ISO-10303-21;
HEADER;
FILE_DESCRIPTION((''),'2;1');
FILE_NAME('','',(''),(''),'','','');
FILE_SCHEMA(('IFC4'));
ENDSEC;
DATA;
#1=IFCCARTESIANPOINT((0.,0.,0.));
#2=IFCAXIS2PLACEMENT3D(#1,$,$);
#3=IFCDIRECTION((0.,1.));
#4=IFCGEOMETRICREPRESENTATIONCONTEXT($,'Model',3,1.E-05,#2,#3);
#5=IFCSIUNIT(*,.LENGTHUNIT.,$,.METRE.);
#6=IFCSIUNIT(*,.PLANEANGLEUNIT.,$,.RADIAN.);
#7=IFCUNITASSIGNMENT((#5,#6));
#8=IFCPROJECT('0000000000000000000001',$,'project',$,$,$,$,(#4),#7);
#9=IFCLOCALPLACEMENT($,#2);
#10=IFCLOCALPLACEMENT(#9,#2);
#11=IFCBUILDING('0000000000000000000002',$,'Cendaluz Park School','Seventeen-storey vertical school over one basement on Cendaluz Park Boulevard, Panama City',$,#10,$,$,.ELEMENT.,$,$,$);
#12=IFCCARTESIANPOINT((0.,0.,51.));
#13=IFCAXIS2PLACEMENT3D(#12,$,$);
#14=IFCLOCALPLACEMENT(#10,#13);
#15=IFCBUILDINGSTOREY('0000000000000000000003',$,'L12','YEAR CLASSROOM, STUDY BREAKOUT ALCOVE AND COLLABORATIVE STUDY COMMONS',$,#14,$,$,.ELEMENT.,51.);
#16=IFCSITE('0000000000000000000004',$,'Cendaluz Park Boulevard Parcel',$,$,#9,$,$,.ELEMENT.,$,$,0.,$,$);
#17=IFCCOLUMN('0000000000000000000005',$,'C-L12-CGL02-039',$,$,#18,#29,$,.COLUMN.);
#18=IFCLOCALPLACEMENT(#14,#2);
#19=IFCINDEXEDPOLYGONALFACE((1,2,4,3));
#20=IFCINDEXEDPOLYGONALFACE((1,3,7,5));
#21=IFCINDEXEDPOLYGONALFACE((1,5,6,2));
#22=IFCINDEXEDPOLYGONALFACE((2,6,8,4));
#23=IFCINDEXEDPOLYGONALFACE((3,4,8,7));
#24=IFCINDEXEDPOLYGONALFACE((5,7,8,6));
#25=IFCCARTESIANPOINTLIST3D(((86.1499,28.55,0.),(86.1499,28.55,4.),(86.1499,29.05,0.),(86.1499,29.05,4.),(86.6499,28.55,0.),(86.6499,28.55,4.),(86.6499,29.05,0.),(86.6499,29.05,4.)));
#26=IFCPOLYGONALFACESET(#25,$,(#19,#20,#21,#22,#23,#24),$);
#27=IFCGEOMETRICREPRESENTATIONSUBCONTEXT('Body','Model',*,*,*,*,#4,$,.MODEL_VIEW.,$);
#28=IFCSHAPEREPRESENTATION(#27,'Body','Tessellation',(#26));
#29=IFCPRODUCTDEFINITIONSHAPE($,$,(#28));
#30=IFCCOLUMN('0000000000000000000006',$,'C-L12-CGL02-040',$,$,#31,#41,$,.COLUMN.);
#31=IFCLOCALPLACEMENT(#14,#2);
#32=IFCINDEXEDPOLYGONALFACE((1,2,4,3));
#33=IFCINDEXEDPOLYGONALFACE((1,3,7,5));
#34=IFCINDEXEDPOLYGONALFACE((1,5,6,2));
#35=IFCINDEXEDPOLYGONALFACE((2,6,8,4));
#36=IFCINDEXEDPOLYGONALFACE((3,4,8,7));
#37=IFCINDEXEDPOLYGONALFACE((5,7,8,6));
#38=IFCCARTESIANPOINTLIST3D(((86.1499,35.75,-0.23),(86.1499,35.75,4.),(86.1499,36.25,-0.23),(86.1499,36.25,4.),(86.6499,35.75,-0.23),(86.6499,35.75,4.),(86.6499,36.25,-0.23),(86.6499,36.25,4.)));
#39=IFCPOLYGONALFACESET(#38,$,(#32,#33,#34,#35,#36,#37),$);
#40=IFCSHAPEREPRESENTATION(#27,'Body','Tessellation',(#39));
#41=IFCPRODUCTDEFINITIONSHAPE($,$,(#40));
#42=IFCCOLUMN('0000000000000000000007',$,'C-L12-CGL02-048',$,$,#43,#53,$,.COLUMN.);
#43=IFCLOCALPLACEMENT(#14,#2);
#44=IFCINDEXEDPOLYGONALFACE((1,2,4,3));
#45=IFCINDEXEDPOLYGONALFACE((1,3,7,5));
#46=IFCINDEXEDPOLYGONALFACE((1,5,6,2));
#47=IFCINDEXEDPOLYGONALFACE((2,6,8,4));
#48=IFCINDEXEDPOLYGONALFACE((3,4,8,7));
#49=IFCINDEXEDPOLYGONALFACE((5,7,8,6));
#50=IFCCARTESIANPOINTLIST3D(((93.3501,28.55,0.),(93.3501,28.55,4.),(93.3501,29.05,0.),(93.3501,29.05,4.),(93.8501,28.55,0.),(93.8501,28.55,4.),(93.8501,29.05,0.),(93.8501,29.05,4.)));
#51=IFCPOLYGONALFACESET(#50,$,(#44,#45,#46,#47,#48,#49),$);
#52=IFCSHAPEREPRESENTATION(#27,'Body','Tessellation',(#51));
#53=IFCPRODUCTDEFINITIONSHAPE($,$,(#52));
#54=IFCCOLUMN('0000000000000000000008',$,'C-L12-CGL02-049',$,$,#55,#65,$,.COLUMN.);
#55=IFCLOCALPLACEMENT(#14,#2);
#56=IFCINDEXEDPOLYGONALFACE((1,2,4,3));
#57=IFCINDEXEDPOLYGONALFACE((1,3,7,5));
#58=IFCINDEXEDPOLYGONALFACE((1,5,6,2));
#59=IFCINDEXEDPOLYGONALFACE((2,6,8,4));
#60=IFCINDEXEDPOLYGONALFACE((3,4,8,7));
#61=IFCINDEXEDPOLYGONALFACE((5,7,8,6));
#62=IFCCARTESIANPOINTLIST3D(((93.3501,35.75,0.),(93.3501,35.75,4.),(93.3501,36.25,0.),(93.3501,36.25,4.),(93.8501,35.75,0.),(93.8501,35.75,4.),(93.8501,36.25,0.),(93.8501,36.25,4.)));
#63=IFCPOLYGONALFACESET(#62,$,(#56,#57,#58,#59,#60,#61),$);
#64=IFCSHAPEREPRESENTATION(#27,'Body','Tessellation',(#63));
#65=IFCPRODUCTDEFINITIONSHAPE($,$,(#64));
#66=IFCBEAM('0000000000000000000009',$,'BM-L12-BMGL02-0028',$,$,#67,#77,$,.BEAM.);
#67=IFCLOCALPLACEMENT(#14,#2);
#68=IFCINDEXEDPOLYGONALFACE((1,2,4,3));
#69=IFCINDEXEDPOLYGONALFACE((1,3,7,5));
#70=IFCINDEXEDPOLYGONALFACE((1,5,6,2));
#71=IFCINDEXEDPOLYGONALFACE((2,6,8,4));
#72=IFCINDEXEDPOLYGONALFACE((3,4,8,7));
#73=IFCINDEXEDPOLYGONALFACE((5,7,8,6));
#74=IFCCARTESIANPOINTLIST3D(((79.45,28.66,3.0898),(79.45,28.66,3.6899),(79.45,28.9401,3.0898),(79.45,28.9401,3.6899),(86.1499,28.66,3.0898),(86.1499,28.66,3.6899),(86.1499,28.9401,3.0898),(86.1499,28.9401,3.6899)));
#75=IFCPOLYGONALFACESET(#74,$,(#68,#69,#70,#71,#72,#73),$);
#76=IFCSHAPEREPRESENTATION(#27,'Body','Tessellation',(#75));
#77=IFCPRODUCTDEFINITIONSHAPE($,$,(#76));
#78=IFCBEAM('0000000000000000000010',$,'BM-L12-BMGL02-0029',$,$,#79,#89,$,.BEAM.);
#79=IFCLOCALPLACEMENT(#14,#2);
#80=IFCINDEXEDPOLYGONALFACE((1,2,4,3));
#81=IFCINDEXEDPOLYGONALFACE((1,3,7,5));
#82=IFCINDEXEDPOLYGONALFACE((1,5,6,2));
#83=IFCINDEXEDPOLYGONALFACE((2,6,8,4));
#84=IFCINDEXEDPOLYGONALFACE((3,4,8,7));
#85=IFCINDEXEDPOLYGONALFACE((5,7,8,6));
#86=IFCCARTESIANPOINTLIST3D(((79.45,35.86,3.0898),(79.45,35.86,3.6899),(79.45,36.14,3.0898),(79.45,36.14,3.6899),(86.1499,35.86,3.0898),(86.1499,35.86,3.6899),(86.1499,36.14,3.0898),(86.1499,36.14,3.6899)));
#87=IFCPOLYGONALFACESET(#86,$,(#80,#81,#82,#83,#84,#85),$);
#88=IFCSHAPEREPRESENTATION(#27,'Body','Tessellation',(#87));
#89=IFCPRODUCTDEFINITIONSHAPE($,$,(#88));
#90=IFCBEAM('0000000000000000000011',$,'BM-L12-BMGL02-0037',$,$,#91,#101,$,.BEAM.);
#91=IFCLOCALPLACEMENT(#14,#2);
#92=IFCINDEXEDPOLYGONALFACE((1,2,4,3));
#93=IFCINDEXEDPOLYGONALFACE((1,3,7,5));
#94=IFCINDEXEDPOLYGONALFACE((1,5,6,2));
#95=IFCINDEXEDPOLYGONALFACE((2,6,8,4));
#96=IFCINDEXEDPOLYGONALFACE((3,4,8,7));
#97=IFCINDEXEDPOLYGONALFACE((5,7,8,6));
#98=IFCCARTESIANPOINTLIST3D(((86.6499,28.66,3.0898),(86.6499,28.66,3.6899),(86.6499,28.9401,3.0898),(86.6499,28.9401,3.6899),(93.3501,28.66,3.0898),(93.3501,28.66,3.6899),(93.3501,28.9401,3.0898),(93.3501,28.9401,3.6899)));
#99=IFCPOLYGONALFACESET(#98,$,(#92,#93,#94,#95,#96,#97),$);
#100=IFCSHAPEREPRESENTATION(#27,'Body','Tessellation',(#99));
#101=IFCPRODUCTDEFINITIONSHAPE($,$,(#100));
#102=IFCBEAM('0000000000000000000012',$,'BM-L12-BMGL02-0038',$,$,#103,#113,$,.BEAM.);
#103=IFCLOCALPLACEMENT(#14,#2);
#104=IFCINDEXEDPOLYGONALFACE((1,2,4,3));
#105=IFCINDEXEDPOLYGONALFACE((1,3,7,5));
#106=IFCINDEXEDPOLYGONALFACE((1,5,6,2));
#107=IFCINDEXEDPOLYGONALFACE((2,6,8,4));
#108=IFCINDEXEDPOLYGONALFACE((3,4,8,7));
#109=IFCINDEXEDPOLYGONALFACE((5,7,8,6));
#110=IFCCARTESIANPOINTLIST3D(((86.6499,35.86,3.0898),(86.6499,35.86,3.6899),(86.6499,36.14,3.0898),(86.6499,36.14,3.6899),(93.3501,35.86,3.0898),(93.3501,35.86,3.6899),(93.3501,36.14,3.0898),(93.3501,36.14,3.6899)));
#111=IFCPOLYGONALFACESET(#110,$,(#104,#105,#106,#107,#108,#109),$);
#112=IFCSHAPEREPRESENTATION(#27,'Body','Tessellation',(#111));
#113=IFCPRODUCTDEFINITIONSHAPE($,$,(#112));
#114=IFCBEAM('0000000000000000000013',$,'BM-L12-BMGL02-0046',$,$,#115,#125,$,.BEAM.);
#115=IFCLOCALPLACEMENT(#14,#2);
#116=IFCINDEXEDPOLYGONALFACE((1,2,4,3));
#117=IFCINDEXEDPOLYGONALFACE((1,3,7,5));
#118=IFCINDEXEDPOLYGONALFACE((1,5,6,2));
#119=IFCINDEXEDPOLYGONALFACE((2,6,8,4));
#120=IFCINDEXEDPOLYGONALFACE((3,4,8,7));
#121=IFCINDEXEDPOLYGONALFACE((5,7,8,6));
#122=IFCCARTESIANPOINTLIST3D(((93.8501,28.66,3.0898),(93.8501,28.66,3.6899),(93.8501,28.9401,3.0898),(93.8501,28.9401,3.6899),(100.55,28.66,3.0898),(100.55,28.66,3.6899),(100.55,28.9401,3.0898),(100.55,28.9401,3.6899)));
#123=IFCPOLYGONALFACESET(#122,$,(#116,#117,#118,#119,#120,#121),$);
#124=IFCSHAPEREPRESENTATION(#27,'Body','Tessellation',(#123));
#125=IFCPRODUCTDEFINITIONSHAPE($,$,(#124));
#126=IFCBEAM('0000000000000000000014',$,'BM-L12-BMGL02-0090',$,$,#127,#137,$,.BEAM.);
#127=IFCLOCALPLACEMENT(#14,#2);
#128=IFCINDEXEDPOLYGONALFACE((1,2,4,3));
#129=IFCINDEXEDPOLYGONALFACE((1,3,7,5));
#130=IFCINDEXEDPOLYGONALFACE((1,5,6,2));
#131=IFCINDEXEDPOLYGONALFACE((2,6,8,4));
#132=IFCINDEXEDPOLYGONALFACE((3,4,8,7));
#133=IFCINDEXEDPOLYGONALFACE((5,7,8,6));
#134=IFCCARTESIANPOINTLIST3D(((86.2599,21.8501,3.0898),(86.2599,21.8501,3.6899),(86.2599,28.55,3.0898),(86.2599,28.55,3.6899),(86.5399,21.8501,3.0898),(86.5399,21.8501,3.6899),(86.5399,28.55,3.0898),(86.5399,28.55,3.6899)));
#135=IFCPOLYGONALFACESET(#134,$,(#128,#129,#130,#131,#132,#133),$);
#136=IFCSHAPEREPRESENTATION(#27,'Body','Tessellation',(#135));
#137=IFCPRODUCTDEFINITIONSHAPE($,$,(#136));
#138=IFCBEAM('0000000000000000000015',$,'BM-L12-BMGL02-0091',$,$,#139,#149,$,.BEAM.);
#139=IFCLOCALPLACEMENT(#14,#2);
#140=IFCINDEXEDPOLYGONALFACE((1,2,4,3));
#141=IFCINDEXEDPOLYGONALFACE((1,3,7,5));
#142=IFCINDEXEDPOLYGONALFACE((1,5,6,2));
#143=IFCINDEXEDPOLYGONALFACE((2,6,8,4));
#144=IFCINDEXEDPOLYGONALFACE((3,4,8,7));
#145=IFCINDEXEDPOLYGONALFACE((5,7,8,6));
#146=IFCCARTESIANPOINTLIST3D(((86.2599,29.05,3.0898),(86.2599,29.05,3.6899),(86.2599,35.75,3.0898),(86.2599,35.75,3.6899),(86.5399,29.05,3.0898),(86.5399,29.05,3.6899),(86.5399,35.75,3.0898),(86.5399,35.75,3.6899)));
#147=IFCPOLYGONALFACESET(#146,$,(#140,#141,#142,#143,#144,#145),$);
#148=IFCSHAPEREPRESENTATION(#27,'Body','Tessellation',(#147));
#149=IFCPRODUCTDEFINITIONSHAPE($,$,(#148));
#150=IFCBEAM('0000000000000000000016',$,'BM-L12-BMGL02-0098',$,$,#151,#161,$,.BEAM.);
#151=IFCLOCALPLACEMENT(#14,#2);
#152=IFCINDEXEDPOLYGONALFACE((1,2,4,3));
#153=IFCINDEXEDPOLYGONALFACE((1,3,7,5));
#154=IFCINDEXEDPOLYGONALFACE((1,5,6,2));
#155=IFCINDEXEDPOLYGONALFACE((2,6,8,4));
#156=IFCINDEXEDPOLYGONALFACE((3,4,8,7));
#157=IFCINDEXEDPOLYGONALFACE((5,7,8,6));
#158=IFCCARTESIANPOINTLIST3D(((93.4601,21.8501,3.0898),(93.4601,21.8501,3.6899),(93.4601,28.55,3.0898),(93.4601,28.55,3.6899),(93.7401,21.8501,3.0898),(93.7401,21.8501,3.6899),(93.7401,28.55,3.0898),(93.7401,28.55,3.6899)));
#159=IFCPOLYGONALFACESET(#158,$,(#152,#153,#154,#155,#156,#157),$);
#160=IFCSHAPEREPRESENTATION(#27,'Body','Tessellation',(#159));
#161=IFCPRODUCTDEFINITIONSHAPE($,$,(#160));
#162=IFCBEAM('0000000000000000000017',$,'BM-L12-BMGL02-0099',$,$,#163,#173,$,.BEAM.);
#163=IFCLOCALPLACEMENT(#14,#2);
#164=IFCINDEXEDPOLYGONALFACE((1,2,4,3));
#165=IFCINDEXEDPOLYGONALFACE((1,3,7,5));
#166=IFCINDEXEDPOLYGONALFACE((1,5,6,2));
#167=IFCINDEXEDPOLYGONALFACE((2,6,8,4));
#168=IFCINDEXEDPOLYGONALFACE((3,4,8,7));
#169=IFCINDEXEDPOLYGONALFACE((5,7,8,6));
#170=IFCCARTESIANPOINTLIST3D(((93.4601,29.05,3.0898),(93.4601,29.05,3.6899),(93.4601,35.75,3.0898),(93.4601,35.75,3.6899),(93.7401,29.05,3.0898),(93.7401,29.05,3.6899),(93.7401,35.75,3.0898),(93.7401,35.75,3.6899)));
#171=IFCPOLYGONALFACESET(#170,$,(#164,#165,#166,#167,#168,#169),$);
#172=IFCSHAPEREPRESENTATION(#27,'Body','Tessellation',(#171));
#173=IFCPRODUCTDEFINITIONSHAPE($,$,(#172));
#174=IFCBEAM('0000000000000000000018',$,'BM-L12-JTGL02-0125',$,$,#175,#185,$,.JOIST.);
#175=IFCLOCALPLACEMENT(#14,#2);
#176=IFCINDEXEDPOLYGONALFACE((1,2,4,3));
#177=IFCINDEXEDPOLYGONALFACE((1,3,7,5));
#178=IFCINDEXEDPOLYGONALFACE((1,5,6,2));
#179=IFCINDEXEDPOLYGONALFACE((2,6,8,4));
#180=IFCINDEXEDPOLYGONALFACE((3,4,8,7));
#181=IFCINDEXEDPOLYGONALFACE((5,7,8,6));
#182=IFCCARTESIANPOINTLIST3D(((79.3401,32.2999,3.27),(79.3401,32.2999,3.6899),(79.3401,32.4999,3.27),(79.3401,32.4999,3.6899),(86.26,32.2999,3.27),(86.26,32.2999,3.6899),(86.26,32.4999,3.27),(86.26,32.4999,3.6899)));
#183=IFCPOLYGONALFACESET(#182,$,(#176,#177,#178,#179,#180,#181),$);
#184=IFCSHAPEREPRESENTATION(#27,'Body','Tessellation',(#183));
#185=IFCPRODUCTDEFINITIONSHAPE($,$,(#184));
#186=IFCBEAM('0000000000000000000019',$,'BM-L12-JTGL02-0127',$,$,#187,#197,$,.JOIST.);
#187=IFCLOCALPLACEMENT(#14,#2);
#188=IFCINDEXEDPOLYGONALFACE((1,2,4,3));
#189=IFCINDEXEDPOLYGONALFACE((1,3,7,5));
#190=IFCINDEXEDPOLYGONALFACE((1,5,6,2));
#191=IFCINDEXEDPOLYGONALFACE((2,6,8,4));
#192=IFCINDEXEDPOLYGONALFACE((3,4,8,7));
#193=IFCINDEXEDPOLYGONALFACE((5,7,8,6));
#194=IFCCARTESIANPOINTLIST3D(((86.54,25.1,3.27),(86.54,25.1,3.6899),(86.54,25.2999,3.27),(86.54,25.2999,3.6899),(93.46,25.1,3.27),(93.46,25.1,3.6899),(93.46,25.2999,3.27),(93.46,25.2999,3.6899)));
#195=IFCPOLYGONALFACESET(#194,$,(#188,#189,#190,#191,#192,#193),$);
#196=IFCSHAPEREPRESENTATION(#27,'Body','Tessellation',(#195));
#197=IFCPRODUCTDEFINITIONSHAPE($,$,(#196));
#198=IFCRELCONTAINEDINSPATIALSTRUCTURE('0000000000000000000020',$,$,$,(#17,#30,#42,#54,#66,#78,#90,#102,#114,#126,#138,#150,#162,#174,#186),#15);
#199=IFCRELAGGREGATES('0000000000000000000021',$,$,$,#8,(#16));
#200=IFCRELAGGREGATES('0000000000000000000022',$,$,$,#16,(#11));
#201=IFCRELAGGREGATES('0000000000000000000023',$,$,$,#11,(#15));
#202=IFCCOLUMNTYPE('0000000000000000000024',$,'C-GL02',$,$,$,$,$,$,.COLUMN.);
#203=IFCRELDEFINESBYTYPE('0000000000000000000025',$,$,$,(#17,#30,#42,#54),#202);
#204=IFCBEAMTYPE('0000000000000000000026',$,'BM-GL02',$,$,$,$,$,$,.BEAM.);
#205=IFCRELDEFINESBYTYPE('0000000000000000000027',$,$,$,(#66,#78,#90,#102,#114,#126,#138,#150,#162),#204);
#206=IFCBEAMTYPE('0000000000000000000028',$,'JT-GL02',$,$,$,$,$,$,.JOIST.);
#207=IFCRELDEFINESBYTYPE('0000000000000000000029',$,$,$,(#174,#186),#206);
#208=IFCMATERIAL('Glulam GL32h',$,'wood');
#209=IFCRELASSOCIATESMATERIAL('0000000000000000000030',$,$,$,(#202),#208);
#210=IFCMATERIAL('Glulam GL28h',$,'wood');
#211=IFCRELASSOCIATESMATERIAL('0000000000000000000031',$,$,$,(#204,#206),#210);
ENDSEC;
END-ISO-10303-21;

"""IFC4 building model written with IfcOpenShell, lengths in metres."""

from ifc_helpers import new_model, si_unit, direction, frame, origin, origin_2d, place, context, subcontext, project, spatial, rectangle, extrude, material, material_profile, profile_set, type_object, element, save


model = new_model("IFC4")

# Units and contexts
model_context = context("Model", 3, precision=1e-05, world=origin(), true_north=direction((0.0, 1.0)))
body_context = subcontext(model_context, "Body", "Model", "MODEL_VIEW")
ifc_project = project(units=[si_unit("LENGTHUNIT", "METRE"), si_unit("PLANEANGLEUNIT", "RADIAN")], contexts=[model_context])

# Site, building, storey
site_placement = place(None, origin())
site = spatial("IfcSite", under=ifc_project, at=site_placement, Name="Cendaluz Park Boulevard Parcel", CompositionType="ELEMENT", RefElevation=0.0)
building_placement = place(site_placement, origin())
building = spatial("IfcBuilding", under=site, at=building_placement, Name="Cendaluz Park School", Description="Seventeen-storey vertical school over one basement on Cendaluz Park Boulevard, Panama City", CompositionType="ELEMENT")
storey_placement = place(building_placement, frame((0.0, 0.0, 51.0)))
storey = spatial("IfcBuildingStorey", under=building, at=storey_placement, Name="L12", Description="YEAR CLASSROOM, STUDY BREAKOUT ALCOVE AND COLLABORATIVE STUDY COMMONS", CompositionType="ELEMENT", Elevation=51.0)

# Columns
ifc_material_1 = material(Name="Glulam GL32h", Category="wood")
ifc_material_profile_1 = material_profile(ifc_material_1, rectangle(XDim=0.5, YDim=0.5, at=origin_2d()), Name="GL32h 500x500", Category="wood")
ifc_profile_set_1 = profile_set([ifc_material_profile_1], Name="Glulam GL32h")
column_type = type_object("IfcColumnType", Name="C-GL02", PredefinedType="COLUMN", material=ifc_profile_set_1)
column_1_placement = place(storey_placement, frame((86.3999, 28.8, 0.0), z_axis=(0.0, 0.0, 1.0), x_axis=(1.0, 0.0, 0.0)))
element("IfcColumn", 1, at=column_1_placement, inside=storey, type_object=column_type, Name="C-L12-CGL02-039", PredefinedType="COLUMN", context=body_context, shape_type="SweptSolid", body=[
    extrude(rectangle(XDim=0.5, YDim=0.5, at=origin_2d()), origin(), (0.0, 0.0, 1.0), 4.0),
])
column_2_placement = place(storey_placement, frame((86.3999, 36.0, -0.23), z_axis=(0.0, 0.0, 1.0), x_axis=(1.0, 0.0, 0.0)))
element("IfcColumn", 2, at=column_2_placement, inside=storey, type_object=column_type, Name="C-L12-CGL02-040", PredefinedType="COLUMN", context=body_context, shape_type="SweptSolid", body=[
    extrude(rectangle(XDim=0.5, YDim=0.5, at=origin_2d()), origin(), (0.0, 0.0, 1.0), 4.23),
])
for number, where, z_axis, x_axis, name in (
    (3, (93.6001, 28.8, 0.0), (0.0, 0.0, 1.0), (1.0, 0.0, 0.0), "C-L12-CGL02-048"),
    (4, (93.6001, 36.0, 0.0), (0.0, 0.0, 1.0), (1.0, 0.0, 0.0), "C-L12-CGL02-049"),
):
    element("IfcColumn", number, at=place(storey_placement, frame(where, z_axis=z_axis, x_axis=x_axis)), inside=storey, type_object=column_type, Name=name, PredefinedType="COLUMN", context=body_context, shape_type="SweptSolid", body=[
        extrude(rectangle(XDim=0.5, YDim=0.5, at=origin_2d()), origin(), (0.0, 0.0, 1.0), 4.0),
    ])

# Beams
ifc_material_2 = material(Name="Glulam GL28h", Category="wood")
ifc_material_profile_2 = material_profile(ifc_material_2, rectangle(XDim=0.28, YDim=0.6001, at=origin_2d()), Name="GL28h 280x600", Category="wood")
ifc_profile_set_2 = profile_set([ifc_material_profile_2], Name="Glulam GL28h")
beam_type_1 = type_object("IfcBeamType", Name="BM-GL02", PredefinedType="BEAM", material=ifc_profile_set_2)
for number, where, z_axis, x_axis, name in (
    (5, (79.45, 28.8, 3.3899), (1.0, 0.0, 0.0), (0.0, 1.0, 0.0), "BM-L12-BMGL02-0028"),
    (6, (79.45, 36.0, 3.3899), (1.0, 0.0, 0.0), (0.0, 1.0, 0.0), "BM-L12-BMGL02-0029"),
):
    element("IfcBeam", number, at=place(storey_placement, frame(where, z_axis=z_axis, x_axis=x_axis)), inside=storey, type_object=beam_type_1, Name=name, PredefinedType="BEAM", context=body_context, shape_type="SweptSolid", body=[
        extrude(rectangle(XDim=0.28, YDim=0.6001, at=origin_2d()), origin(), (0.0, 0.0, 1.0), 6.7),
    ])
for number, where, z_axis, x_axis, name in (
    (7, (86.6499, 28.8, 3.3899), (1.0, 0.0, 0.0), (0.0, 1.0, 0.0), "BM-L12-BMGL02-0037"),
    (8, (86.6499, 36.0, 3.3899), (1.0, 0.0, 0.0), (0.0, 1.0, 0.0), "BM-L12-BMGL02-0038"),
):
    element("IfcBeam", number, at=place(storey_placement, frame(where, z_axis=z_axis, x_axis=x_axis)), inside=storey, type_object=beam_type_1, Name=name, PredefinedType="BEAM", context=body_context, shape_type="SweptSolid", body=[
        extrude(rectangle(XDim=0.28, YDim=0.6001, at=origin_2d()), origin(), (0.0, 0.0, 1.0), 6.7002),
    ])
for number, where, z_axis, x_axis, name in (
    (9, (93.8501, 28.8, 3.3899), (1.0, 0.0, 0.0), (0.0, 1.0, 0.0), "BM-L12-BMGL02-0046"),
    (10, (86.3999, 21.8501, 3.3899), (0.0, 1.0, 0.0), (-1.0, 0.0, 0.0), "BM-L12-BMGL02-0090"),
    (11, (86.3999, 29.05, 3.3899), (0.0, 1.0, 0.0), (-1.0, 0.0, 0.0), "BM-L12-BMGL02-0091"),
    (12, (93.6001, 21.8501, 3.3899), (0.0, 1.0, 0.0), (-1.0, 0.0, 0.0), "BM-L12-BMGL02-0098"),
    (13, (93.6001, 29.05, 3.3899), (0.0, 1.0, 0.0), (-1.0, 0.0, 0.0), "BM-L12-BMGL02-0099"),
):
    element("IfcBeam", number, at=place(storey_placement, frame(where, z_axis=z_axis, x_axis=x_axis)), inside=storey, type_object=beam_type_1, Name=name, PredefinedType="BEAM", context=body_context, shape_type="SweptSolid", body=[
        extrude(rectangle(XDim=0.28, YDim=0.6001, at=origin_2d()), origin(), (0.0, 0.0, 1.0), 6.7),
    ])
ifc_material_profile_3 = material_profile(ifc_material_2, rectangle(XDim=0.2, YDim=0.4199, at=origin_2d()), Name="GL28h 200x420", Category="wood")
ifc_profile_set_3 = profile_set([ifc_material_profile_3], Name="Glulam GL28h")
beam_type_2 = type_object("IfcBeamType", Name="JT-GL02", PredefinedType="JOIST", material=ifc_profile_set_3)
for number, where, z_axis, x_axis, name in (
    (14, (79.3401, 32.3999, 3.48), (1.0, 0.0, 0.0), (0.0, 1.0, 0.0), "BM-L12-JTGL02-0125"),
    (15, (86.54, 25.2, 3.48), (1.0, 0.0, 0.0), (0.0, 1.0, 0.0), "BM-L12-JTGL02-0127"),
):
    element("IfcBeam", number, at=place(storey_placement, frame(where, z_axis=z_axis, x_axis=x_axis)), inside=storey, type_object=beam_type_2, Name=name, PredefinedType="JOIST", context=body_context, shape_type="SweptSolid", body=[
        extrude(rectangle(XDim=0.2, YDim=0.4199, at=origin_2d()), origin(), (0.0, 0.0, 1.0), 6.9199),
    ])

save(model, "model.ifc")
